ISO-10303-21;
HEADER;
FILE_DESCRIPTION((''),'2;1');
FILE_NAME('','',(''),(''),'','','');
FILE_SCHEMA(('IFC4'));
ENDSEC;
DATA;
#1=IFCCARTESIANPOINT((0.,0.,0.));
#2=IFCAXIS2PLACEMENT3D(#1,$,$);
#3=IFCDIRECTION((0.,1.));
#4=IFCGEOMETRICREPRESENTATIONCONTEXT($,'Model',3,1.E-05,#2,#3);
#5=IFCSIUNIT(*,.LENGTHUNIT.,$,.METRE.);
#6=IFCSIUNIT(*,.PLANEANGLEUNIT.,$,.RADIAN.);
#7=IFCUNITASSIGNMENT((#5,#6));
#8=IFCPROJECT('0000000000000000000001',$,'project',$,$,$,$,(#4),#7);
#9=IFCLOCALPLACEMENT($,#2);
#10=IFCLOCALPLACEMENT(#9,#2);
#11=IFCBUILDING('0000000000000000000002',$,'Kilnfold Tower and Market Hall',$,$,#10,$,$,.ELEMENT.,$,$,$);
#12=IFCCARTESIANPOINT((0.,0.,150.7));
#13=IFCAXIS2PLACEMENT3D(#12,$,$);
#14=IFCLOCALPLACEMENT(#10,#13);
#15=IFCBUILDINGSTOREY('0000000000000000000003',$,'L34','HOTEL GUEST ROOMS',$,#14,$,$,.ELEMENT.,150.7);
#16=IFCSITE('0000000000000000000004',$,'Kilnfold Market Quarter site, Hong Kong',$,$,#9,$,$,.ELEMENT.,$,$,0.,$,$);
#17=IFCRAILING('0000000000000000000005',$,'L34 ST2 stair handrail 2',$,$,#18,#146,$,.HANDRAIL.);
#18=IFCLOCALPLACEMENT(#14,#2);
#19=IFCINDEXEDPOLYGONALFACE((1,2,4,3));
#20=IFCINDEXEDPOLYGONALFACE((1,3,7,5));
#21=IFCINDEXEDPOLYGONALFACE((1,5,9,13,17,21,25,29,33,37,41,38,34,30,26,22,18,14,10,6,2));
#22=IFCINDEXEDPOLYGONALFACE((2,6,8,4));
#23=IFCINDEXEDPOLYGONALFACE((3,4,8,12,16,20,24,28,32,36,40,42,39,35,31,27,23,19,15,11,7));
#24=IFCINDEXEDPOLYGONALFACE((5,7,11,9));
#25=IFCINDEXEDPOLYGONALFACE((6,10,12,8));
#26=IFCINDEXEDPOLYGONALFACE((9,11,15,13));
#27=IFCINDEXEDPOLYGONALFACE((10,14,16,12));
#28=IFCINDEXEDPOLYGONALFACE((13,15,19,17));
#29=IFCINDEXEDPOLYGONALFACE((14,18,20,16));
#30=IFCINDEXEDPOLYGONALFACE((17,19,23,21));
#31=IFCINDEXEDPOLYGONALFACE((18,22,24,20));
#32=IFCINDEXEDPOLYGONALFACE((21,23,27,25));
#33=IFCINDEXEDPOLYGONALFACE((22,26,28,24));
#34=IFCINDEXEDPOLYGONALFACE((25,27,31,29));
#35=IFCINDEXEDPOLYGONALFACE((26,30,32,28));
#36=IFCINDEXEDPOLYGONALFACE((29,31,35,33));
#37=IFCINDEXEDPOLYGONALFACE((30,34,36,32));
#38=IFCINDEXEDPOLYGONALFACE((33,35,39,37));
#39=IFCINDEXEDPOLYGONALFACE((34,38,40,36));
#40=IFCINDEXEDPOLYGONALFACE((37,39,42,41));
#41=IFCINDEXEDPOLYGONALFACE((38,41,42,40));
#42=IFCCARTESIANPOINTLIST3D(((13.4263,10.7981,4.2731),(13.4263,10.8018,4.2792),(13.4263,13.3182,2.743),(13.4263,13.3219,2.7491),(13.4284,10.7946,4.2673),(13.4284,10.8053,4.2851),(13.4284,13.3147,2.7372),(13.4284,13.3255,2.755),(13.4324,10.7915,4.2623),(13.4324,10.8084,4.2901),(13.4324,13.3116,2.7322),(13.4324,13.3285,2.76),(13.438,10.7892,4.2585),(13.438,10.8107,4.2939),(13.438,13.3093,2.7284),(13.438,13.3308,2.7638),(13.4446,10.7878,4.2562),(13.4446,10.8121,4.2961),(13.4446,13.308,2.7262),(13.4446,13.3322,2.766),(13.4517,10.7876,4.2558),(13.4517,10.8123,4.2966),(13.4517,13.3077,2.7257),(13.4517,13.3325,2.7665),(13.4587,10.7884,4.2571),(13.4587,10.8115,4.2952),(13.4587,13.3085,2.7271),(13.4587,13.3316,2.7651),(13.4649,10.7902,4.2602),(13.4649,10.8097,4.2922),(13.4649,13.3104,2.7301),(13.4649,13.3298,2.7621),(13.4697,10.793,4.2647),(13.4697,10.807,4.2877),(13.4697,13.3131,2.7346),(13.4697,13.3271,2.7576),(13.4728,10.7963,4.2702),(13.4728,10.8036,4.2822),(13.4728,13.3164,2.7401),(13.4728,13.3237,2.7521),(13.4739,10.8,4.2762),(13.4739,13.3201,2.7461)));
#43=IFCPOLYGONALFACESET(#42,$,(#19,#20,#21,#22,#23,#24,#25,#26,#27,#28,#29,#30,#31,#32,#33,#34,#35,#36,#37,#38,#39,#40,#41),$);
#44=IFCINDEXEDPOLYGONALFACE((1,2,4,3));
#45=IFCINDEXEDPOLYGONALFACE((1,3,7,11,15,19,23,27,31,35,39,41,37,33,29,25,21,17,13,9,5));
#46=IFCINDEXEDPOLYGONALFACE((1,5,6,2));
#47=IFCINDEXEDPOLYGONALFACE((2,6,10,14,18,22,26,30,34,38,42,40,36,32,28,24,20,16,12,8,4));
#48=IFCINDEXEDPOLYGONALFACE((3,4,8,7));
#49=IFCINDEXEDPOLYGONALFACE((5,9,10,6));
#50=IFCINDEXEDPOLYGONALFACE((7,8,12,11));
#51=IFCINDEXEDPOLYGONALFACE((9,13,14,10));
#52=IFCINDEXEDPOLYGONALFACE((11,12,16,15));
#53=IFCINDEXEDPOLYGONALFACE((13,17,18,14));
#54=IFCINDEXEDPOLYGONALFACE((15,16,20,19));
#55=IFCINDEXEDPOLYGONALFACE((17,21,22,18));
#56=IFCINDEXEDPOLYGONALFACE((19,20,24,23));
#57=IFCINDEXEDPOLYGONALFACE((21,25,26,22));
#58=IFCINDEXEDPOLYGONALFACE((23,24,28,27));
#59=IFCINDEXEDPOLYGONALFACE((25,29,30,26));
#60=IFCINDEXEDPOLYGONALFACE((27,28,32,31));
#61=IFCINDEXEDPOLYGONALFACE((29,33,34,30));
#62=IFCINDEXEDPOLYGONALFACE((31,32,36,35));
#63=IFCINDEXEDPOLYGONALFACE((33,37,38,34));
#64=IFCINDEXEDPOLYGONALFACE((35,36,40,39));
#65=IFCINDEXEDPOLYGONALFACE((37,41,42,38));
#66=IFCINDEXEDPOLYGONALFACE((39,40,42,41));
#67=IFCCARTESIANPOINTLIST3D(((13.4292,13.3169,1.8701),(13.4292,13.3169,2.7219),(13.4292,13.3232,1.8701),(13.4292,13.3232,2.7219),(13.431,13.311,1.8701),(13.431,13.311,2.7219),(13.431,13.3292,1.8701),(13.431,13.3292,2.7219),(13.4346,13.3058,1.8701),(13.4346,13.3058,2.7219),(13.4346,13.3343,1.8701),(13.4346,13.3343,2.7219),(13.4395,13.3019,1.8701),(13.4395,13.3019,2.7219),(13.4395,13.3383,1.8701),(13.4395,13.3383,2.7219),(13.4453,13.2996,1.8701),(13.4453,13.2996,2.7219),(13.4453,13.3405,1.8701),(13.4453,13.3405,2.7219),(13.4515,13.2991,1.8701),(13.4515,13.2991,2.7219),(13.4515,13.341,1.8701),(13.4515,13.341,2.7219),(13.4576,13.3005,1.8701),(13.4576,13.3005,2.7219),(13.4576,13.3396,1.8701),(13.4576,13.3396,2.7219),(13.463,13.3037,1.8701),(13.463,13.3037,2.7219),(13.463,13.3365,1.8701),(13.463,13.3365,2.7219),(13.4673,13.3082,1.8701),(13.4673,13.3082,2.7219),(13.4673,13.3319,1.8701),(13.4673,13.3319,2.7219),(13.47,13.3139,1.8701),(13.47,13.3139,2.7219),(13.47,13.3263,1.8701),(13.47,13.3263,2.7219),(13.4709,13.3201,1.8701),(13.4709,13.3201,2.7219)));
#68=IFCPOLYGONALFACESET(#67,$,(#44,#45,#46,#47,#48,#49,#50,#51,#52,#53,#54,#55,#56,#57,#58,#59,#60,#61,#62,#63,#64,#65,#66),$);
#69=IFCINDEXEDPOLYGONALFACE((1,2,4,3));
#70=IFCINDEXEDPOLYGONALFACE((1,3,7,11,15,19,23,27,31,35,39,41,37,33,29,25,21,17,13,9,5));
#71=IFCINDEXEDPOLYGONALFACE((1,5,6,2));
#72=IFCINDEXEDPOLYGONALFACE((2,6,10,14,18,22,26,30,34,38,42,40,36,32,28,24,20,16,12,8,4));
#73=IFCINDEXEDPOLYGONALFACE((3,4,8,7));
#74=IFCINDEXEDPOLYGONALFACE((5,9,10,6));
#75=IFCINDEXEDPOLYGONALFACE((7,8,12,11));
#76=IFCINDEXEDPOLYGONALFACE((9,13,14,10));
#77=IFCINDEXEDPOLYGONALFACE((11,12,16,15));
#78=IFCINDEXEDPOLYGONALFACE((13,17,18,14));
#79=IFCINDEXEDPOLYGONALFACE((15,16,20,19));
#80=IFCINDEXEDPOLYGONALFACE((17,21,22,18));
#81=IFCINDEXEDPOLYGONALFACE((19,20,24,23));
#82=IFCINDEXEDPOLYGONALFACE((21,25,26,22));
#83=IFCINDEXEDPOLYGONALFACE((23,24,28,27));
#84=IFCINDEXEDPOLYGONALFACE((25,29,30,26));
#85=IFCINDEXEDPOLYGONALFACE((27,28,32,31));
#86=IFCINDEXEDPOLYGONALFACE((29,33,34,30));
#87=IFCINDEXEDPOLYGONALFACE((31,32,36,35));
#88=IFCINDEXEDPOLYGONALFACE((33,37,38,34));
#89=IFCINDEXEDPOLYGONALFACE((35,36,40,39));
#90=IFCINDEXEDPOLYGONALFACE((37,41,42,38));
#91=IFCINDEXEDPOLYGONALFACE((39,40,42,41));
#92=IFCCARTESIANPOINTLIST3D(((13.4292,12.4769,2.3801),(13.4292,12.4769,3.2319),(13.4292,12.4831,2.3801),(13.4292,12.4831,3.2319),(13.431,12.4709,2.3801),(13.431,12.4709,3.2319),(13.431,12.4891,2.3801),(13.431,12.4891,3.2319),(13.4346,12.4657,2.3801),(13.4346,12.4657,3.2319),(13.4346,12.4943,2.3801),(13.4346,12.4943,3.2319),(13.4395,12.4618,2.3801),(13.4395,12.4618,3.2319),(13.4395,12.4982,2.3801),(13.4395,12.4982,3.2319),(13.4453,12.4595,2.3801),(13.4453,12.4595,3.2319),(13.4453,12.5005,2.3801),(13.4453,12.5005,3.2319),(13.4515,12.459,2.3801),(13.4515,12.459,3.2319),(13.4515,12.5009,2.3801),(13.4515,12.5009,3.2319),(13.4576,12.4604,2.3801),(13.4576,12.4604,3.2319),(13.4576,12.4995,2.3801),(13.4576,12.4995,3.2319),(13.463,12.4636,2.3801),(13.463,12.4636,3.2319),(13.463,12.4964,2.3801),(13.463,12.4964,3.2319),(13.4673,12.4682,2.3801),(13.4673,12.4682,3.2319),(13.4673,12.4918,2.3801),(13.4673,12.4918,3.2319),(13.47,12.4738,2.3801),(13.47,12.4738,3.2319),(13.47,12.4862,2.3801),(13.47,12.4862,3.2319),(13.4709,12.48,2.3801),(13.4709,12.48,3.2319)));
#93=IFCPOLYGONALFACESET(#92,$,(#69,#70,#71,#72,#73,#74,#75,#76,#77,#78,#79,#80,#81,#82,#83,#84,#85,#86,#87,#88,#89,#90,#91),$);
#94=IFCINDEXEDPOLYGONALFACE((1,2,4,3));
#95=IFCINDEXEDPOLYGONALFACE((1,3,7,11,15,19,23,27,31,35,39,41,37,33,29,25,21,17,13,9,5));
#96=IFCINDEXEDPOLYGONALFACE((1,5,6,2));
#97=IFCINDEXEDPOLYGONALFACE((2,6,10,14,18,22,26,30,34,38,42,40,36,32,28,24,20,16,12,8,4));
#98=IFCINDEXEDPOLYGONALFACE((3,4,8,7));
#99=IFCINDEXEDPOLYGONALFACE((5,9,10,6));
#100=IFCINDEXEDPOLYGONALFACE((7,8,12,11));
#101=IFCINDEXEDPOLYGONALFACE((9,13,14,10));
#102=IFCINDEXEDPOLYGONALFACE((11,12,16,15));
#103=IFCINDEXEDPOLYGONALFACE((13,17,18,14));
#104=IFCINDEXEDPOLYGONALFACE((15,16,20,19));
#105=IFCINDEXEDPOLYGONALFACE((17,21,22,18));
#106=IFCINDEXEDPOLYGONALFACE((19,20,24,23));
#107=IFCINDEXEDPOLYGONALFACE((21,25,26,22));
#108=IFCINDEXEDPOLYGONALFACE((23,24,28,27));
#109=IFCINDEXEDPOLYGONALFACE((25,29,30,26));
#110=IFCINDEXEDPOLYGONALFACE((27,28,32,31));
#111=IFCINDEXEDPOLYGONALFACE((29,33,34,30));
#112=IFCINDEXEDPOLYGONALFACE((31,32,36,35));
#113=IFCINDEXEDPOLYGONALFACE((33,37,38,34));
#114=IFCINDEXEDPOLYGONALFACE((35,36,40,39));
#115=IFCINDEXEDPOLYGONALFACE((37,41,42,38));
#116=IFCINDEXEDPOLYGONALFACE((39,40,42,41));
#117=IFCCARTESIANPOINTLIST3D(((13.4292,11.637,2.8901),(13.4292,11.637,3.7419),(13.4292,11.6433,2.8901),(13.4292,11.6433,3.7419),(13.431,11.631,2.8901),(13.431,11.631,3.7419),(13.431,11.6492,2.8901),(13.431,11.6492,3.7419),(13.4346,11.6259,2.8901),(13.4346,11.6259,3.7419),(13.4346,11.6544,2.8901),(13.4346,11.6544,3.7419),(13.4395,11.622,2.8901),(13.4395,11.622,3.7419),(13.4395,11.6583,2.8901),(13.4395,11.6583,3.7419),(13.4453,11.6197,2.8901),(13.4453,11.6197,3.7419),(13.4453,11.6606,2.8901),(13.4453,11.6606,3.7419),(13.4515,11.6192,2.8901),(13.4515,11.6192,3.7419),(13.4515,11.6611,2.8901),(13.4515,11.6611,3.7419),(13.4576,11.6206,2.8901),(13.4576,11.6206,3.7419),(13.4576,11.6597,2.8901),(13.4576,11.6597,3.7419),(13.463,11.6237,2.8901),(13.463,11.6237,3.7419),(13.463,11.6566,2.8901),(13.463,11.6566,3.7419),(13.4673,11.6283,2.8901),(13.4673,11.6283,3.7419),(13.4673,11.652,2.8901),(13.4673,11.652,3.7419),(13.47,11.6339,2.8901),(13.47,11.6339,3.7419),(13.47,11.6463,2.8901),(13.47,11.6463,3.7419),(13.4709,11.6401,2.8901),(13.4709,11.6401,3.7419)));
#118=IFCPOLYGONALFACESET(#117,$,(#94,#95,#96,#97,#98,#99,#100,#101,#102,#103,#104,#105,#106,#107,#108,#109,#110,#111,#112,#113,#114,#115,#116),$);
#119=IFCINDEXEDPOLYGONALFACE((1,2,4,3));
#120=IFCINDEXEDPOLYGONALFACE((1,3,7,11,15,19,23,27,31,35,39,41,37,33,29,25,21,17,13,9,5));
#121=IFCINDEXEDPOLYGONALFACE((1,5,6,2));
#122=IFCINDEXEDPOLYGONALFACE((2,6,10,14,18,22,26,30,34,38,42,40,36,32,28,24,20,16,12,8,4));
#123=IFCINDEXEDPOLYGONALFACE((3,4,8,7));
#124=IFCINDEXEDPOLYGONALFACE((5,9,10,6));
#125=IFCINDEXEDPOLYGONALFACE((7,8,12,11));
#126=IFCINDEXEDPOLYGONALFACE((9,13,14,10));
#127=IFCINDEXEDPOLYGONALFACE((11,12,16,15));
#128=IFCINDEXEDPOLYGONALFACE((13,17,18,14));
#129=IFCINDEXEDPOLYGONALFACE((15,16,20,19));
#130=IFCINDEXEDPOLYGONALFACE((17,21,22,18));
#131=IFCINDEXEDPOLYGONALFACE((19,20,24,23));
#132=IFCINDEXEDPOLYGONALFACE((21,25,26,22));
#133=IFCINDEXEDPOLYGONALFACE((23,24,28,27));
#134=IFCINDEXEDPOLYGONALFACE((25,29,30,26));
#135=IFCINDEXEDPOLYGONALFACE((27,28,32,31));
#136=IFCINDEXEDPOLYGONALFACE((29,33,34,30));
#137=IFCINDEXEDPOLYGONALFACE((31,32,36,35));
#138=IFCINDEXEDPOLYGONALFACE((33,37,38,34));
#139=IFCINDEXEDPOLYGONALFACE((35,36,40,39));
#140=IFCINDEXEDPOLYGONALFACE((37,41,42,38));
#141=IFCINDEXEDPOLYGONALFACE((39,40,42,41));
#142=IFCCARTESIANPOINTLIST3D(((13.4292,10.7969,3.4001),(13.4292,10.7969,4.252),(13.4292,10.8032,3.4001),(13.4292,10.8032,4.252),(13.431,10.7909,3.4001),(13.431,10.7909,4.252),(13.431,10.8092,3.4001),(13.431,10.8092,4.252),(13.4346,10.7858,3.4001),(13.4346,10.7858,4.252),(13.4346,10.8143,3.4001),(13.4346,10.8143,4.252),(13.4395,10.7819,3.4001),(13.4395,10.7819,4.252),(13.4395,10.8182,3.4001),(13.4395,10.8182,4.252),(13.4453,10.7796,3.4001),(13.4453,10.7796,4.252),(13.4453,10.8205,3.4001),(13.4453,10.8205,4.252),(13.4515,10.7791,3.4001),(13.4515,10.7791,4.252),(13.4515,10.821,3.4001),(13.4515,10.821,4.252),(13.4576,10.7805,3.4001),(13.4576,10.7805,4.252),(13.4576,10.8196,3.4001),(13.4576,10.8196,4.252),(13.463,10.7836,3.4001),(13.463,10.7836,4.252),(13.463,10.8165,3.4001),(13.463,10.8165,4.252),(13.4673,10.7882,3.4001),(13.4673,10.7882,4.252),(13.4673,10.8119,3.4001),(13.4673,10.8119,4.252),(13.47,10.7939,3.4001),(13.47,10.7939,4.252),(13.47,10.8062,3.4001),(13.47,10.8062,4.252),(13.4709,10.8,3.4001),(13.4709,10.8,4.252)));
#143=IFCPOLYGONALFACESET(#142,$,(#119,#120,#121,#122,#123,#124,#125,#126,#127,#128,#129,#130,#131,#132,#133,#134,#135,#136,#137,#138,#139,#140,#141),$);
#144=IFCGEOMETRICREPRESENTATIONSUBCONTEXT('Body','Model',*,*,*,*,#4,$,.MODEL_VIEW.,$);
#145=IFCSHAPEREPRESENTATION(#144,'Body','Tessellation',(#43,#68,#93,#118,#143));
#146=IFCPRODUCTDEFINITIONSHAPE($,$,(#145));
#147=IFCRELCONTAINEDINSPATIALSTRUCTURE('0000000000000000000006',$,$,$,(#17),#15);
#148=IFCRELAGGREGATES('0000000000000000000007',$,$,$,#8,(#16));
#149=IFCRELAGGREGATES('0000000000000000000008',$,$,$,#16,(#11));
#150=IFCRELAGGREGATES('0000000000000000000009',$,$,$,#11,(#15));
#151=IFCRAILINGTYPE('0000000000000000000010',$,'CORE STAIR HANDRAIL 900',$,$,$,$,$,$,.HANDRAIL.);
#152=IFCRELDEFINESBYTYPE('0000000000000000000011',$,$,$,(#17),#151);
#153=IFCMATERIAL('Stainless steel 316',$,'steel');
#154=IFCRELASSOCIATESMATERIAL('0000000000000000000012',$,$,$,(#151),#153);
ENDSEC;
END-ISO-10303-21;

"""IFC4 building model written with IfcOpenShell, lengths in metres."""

from ifc_helpers import new_model, si_unit, direction, frame, origin, origin_2d, place, context, subcontext, project, spatial, circle, extrude, material, type_object, element, save


model = new_model("IFC4")

# Units and contexts
model_context = context("Model", 3, precision=1e-05, world=origin(), true_north=direction((0.0, 1.0)))
body_context = subcontext(model_context, "Body", "Model", "MODEL_VIEW")
ifc_project = project(units=[si_unit("LENGTHUNIT", "METRE"), si_unit("PLANEANGLEUNIT", "RADIAN")], contexts=[model_context])

# Site, building, storey
site_placement = place(None, origin())
site = spatial("IfcSite", under=ifc_project, at=site_placement, Name="Kilnfold Market Quarter site, Hong Kong", CompositionType="ELEMENT", RefElevation=0.0)
building_placement = place(site_placement, origin())
building = spatial("IfcBuilding", under=site, at=building_placement, Name="Kilnfold Tower and Market Hall", CompositionType="ELEMENT")
storey_placement = place(building_placement, frame((0.0, 0.0, 150.7)))
storey = spatial("IfcBuildingStorey", under=building, at=storey_placement, Name="L34", Description="HOTEL GUEST ROOMS", CompositionType="ELEMENT", Elevation=150.7)

# Railing
ifc_material_1 = material(Name="Stainless steel 316", Category="steel")
railing_type_1 = type_object("IfcRailingType", Name="CORE STAIR HANDRAIL 900", PredefinedType="HANDRAIL", material=ifc_material_1)
railing_1_placement = place(storey_placement, frame((13.45, 13.3201, 1.8701)))
element("IfcRailing", 1, at=railing_1_placement, inside=storey, type_object=railing_type_1, Name="L34 ST2 stair handrail 2", PredefinedType="HANDRAIL", context=body_context, shape_type="SweptSolid", body=[
    extrude(circle(Radius=0.0239, at=origin_2d()), frame((0.0, 0.0, 0.876), z_axis=(0.0, -0.854785, 0.518982), x_axis=(1.0, 0.0, 0.0)), (0.0, 0.0, 1.0), 2.9482),
    extrude(circle(Radius=0.021, at=origin_2d()), origin(), (0.0, 0.0, 1.0), 0.8518),
    extrude(circle(Radius=0.021, at=origin_2d()), frame((0.0, -0.8401, 0.51)), (0.0, 0.0, 1.0), 0.8518),
    extrude(circle(Radius=0.021, at=origin_2d()), frame((0.0, -1.6799, 1.02)), (0.0, 0.0, 1.0), 0.8518),
    extrude(circle(Radius=0.021, at=origin_2d()), frame((0.0, -2.52, 1.53)), (0.0, 0.0, 1.0), 0.8518),
])

save(model, "model.ifc")
